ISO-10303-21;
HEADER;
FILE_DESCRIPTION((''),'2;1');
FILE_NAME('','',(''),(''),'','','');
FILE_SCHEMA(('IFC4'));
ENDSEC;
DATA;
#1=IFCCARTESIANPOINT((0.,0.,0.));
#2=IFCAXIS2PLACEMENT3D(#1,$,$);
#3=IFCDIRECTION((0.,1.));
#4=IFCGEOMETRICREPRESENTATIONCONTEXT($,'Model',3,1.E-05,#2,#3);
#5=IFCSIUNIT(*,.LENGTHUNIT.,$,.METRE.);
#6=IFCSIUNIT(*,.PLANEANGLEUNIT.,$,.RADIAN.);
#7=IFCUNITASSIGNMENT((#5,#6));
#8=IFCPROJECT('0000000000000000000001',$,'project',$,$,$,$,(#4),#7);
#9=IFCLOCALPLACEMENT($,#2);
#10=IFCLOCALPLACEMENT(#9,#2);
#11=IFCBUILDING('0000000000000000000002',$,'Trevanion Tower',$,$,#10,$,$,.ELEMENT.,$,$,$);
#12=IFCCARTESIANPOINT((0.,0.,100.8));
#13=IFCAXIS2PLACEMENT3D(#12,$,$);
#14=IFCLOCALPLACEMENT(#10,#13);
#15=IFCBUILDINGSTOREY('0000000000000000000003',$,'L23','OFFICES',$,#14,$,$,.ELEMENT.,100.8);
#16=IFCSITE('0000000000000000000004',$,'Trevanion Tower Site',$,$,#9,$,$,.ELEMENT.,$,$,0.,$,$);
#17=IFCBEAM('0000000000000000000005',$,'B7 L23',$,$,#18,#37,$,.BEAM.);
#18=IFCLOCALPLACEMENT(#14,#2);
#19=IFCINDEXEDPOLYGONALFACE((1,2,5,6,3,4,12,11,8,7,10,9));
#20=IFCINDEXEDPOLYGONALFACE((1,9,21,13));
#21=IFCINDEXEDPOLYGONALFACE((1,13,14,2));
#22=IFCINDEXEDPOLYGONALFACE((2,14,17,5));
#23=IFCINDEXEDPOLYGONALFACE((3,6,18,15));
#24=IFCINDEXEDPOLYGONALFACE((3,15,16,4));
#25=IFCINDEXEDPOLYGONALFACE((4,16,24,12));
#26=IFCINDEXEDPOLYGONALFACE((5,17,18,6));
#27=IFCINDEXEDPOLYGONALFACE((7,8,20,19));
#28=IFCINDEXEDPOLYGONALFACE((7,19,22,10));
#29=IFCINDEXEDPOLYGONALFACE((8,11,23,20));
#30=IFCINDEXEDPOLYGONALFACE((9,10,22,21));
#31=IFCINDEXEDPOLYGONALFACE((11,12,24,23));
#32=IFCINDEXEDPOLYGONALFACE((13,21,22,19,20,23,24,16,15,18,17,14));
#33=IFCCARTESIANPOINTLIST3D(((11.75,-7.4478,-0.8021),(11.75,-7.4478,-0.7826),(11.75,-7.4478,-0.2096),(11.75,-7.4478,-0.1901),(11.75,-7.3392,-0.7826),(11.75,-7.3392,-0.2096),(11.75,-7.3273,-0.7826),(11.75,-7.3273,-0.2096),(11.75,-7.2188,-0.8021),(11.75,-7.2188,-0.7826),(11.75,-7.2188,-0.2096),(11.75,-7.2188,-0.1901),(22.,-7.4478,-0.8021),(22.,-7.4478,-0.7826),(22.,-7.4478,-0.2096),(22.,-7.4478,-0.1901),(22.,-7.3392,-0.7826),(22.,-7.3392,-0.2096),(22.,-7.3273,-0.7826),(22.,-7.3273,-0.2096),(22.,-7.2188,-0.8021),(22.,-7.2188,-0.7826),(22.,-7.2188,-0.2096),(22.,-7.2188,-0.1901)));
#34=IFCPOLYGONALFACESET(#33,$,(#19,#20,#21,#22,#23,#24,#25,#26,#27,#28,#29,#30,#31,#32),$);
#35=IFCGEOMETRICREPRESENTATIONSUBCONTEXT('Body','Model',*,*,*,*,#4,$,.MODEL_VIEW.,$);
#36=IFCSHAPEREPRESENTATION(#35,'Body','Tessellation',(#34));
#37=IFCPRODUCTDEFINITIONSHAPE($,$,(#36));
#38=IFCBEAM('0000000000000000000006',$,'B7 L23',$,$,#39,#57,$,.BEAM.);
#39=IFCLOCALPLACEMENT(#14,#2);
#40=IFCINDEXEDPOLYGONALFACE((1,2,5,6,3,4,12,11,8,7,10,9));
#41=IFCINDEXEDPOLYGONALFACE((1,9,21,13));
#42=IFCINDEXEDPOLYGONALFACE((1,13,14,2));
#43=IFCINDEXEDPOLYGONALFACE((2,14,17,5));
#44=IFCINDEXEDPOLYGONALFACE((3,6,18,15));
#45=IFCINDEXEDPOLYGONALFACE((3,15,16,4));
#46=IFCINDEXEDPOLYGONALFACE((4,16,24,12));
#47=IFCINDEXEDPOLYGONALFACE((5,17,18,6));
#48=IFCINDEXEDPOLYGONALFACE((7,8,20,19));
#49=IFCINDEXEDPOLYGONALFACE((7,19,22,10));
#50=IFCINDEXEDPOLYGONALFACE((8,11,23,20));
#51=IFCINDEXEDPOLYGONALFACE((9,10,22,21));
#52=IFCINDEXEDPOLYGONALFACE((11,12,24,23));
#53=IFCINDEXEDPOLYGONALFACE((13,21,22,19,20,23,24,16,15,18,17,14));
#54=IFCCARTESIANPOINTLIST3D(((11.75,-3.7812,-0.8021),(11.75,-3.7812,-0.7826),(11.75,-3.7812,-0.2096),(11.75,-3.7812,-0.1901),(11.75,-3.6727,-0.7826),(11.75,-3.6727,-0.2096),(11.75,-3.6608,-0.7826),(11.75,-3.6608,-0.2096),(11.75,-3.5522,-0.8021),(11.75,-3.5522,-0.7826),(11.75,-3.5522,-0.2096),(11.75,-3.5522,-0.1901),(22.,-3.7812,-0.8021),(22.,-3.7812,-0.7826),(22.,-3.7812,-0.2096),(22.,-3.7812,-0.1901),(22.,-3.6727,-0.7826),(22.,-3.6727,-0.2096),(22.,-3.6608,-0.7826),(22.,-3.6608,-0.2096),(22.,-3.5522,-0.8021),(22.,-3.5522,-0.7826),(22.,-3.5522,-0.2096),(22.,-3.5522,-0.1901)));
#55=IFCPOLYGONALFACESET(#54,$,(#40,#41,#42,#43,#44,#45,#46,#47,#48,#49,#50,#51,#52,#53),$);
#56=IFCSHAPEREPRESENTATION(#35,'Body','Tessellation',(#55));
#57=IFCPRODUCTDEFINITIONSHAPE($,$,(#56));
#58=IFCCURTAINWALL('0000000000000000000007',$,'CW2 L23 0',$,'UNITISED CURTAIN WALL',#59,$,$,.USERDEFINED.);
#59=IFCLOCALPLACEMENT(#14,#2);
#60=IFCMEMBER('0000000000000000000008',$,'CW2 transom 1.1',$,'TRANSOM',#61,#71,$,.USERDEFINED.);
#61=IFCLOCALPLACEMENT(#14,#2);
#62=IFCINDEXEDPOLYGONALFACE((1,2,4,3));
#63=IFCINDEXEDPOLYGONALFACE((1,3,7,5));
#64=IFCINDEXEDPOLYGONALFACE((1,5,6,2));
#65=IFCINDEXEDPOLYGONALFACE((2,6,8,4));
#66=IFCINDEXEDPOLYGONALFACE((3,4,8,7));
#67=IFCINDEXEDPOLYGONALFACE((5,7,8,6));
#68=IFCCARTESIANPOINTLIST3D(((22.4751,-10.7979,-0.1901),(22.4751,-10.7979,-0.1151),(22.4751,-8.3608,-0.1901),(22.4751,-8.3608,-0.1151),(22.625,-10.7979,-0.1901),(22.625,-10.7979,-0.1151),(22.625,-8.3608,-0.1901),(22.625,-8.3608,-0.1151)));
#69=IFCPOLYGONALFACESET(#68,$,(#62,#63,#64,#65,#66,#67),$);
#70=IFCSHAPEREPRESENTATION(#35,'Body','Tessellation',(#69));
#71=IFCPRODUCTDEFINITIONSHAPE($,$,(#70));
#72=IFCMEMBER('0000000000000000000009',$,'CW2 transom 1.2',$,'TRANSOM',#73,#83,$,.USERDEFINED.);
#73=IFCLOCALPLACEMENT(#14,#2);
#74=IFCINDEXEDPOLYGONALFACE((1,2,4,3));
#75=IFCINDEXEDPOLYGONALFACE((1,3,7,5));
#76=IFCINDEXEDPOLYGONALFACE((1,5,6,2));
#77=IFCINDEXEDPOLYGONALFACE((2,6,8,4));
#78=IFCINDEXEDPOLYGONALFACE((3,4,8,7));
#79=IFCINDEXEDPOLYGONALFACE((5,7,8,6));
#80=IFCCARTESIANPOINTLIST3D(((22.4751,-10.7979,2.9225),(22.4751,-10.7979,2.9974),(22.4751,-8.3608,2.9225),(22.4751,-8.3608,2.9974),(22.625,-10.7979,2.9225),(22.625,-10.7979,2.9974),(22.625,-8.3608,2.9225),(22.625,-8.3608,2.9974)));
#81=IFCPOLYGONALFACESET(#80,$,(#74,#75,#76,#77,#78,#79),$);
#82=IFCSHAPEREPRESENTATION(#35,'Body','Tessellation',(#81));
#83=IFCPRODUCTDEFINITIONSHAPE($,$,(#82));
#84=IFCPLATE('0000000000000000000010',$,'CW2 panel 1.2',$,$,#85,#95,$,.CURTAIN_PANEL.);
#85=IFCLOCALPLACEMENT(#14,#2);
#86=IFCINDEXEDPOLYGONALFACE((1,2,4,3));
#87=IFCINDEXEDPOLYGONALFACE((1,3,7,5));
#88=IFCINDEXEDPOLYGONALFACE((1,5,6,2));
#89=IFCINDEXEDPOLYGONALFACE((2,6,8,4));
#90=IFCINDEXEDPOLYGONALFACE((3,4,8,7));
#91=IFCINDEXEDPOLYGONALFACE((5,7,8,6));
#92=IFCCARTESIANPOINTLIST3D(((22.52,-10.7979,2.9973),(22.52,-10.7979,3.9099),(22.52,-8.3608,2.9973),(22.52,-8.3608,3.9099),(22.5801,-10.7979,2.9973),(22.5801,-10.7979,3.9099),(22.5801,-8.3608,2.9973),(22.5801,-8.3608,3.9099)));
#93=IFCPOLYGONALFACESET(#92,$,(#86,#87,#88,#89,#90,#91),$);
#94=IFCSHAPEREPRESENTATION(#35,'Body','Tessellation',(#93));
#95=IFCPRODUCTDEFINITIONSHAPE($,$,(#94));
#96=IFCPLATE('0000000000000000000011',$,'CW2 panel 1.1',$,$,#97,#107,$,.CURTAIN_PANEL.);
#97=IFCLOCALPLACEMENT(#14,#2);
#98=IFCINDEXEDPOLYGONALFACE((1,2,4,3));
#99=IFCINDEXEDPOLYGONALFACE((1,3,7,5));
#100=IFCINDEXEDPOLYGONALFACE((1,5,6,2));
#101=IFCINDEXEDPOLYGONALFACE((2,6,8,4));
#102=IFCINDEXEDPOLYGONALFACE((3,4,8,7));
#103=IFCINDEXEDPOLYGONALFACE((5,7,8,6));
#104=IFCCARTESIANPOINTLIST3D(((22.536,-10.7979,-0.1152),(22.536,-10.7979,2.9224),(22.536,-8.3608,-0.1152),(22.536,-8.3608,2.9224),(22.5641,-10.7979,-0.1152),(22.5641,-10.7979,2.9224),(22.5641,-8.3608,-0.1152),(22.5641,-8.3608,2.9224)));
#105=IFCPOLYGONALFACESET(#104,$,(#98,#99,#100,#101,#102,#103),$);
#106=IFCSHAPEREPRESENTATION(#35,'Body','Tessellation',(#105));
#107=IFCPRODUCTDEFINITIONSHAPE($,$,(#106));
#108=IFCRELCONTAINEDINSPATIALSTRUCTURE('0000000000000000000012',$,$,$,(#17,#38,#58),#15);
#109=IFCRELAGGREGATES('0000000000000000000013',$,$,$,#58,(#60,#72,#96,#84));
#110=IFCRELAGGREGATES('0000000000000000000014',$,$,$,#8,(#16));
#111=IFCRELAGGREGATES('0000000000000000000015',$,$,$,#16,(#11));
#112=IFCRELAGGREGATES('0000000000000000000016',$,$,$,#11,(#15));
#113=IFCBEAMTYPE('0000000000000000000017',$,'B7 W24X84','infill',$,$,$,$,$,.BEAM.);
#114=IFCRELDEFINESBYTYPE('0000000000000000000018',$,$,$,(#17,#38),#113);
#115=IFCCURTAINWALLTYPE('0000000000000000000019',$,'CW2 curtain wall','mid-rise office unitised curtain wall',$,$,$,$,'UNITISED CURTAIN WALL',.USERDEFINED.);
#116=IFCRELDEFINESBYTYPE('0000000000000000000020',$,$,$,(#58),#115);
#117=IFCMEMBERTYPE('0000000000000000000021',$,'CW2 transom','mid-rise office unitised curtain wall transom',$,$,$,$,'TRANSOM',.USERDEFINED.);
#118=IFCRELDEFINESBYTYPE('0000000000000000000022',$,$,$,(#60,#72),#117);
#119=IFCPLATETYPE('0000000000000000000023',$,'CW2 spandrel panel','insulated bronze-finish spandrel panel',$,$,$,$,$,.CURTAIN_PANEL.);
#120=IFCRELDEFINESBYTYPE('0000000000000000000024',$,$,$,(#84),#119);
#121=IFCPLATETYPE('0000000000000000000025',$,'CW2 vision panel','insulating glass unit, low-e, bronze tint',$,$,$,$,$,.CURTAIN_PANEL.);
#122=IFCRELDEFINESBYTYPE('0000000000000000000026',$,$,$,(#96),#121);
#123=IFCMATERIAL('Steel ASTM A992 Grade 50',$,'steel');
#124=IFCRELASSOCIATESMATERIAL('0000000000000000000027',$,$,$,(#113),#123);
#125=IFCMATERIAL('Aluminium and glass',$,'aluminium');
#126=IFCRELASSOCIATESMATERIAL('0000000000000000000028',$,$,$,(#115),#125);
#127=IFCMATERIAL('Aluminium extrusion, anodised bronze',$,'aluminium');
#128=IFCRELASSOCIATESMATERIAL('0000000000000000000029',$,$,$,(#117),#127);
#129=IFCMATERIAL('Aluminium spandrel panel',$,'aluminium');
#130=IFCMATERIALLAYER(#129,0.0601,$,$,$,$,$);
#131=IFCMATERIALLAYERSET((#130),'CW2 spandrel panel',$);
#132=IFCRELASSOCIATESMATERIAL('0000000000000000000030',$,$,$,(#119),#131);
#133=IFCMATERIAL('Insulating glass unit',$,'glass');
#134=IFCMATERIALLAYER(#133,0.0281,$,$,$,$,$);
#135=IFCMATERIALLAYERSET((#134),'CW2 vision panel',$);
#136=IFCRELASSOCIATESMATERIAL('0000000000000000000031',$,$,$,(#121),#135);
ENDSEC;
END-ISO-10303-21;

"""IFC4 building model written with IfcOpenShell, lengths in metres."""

from ifc_helpers import new_model, si_unit, direction, frame, origin, origin_2d, place, context, subcontext, project, spatial, rectangle, i_section, extrude, material, layer, layer_set, material_profile, profile_set, type_object, element, aggregate, save


model = new_model("IFC4")

# Units and contexts
model_context = context("Model", 3, precision=1e-05, world=origin(), true_north=direction((0.0, 1.0)))
body_context = subcontext(model_context, "Body", "Model", "MODEL_VIEW")
ifc_project = project(units=[si_unit("LENGTHUNIT", "METRE"), si_unit("PLANEANGLEUNIT", "RADIAN")], contexts=[model_context])

# Site, building, storey
site_placement = place(None, origin())
site = spatial("IfcSite", under=ifc_project, at=site_placement, Name="Trevanion Tower Site", CompositionType="ELEMENT", RefElevation=0.0)
building_placement = place(site_placement, origin())
building = spatial("IfcBuilding", under=site, at=building_placement, Name="Trevanion Tower", CompositionType="ELEMENT")
storey_placement = place(building_placement, frame((0.0, 0.0, 100.8)))
storey = spatial("IfcBuildingStorey", under=building, at=storey_placement, Name="L23", Description="OFFICES", CompositionType="ELEMENT", Elevation=100.8)

# Beams
ifc_material_1 = material(Name="Steel ASTM A992 Grade 50", Category="steel")
ifc_material_profile_1 = material_profile(ifc_material_1, i_section(OverallWidth=0.229, OverallDepth=0.6121, WebThickness=0.012, FlangeThickness=0.0195, at=origin_2d()), Name="W24X84")
ifc_profile_set_1 = profile_set([ifc_material_profile_1], Name="Steel ASTM A992 Grade 50")
beam_type = type_object("IfcBeamType", Name="B7 W24X84", Description="infill", PredefinedType="BEAM", material=ifc_profile_set_1)
for number, where, z_axis, x_axis, name in (
    (1, (11.75, -7.3333, -0.4961), (1.0, 0.0, 0.0), (0.0, 1.0, 0.0), "B7 L23"),
    (2, (11.75, -3.6667, -0.4961), (1.0, 0.0, 0.0), (0.0, 1.0, 0.0), "B7 L23"),
):
    element("IfcBeam", number, at=place(storey_placement, frame(where, z_axis=z_axis, x_axis=x_axis)), inside=storey, type_object=beam_type, Name=name, PredefinedType="BEAM", context=body_context, shape_type="SweptSolid", body=[
        extrude(i_section(OverallWidth=0.229, OverallDepth=0.6121, WebThickness=0.012, FlangeThickness=0.0195, at=origin_2d()), origin(), (0.0, 0.0, 1.0), 10.25),
    ])

# Curtain wall, members, plates
ifc_material_2 = material(Name="Aluminium and glass", Category="aluminium")
curtain_wall_type = type_object("IfcCurtainWallType", Name="CW2 curtain wall", Description="mid-rise office unitised curtain wall", ElementType="UNITISED CURTAIN WALL", PredefinedType="USERDEFINED", material=ifc_material_2)
curtain_wall_placement = place(storey_placement, origin())
curtain_wall = element("IfcCurtainWall", 3, at=curtain_wall_placement, inside=storey, type_object=curtain_wall_type, Name="CW2 L23 0", ObjectType="UNITISED CURTAIN WALL", PredefinedType="USERDEFINED")
ifc_material_3 = material(Name="Aluminium extrusion, anodised bronze", Category="aluminium")
ifc_material_profile_2 = material_profile(ifc_material_3, rectangle(XDim=0.1499, YDim=0.075, at=origin_2d()), Name="CW2 transom")
ifc_profile_set_2 = profile_set([ifc_material_profile_2], Name="Aluminium extrusion, anodised bronze")
member_type = type_object("IfcMemberType", Name="CW2 transom", Description="mid-rise office unitised curtain wall transom", ElementType="TRANSOM", PredefinedType="USERDEFINED", material=ifc_profile_set_2)
member_1_placement = place(storey_placement, frame((22.55, -10.7979, -0.1526), z_axis=(0.0, 1.0, 0.0), x_axis=(-1.0, 0.0, 0.0)))
member_1 = element("IfcMember", 4, at=member_1_placement, type_object=member_type, Name="CW2 transom 1.1", ObjectType="TRANSOM", PredefinedType="USERDEFINED", context=body_context, shape_type="SweptSolid", body=[
    extrude(rectangle(XDim=0.1499, YDim=0.075, at=origin_2d()), origin(), (0.0, 0.0, 1.0), 2.437),
])
member_2_placement = place(storey_placement, frame((22.55, -10.7979, 2.96), z_axis=(0.0, 1.0, 0.0), x_axis=(-1.0, 0.0, 0.0)))
member_2 = element("IfcMember", 5, at=member_2_placement, type_object=member_type, Name="CW2 transom 1.2", ObjectType="TRANSOM", PredefinedType="USERDEFINED", context=body_context, shape_type="SweptSolid", body=[
    extrude(rectangle(XDim=0.1499, YDim=0.075, at=origin_2d()), origin(), (0.0, 0.0, 1.0), 2.437),
])
ifc_material_4 = material(Name="Aluminium spandrel panel", Category="aluminium")
ifc_layer_1 = layer(ifc_material_4, 0.0601)
ifc_layer_set_1 = layer_set([ifc_layer_1], Name="CW2 spandrel panel")
plate_type_1 = type_object("IfcPlateType", Name="CW2 spandrel panel", Description="insulated bronze-finish spandrel panel", PredefinedType="CURTAIN_PANEL", material=ifc_layer_set_1)
plate_1_placement = place(storey_placement, frame((22.55, -9.5793, 2.9973), z_axis=(0.0, 0.0, 1.0), x_axis=(0.0, 1.0, 0.0)))
plate_1 = element("IfcPlate", 6, at=plate_1_placement, type_object=plate_type_1, Name="CW2 panel 1.2", PredefinedType="CURTAIN_PANEL", context=body_context, shape_type="SweptSolid", body=[
    extrude(rectangle(XDim=2.437, YDim=0.0601, at=origin_2d()), origin(), (0.0, 0.0, 1.0), 0.9126),
])
ifc_material_5 = material(Name="Insulating glass unit", Category="glass")
ifc_layer_2 = layer(ifc_material_5, 0.0281)
ifc_layer_set_2 = layer_set([ifc_layer_2], Name="CW2 vision panel")
plate_type_2 = type_object("IfcPlateType", Name="CW2 vision panel", Description="insulating glass unit, low-e, bronze tint", PredefinedType="CURTAIN_PANEL", material=ifc_layer_set_2)
plate_2_placement = place(storey_placement, frame((22.55, -9.5793, -0.1152), z_axis=(0.0, 0.0, 1.0), x_axis=(0.0, 1.0, 0.0)))
plate_2 = element("IfcPlate", 7, at=plate_2_placement, type_object=plate_type_2, Name="CW2 panel 1.1", PredefinedType="CURTAIN_PANEL", context=body_context, shape_type="SweptSolid", body=[
    extrude(rectangle(XDim=2.437, YDim=0.0281, at=origin_2d()), origin(), (0.0, 0.0, 1.0), 3.0376),
])
aggregate(curtain_wall, [member_1, member_2, plate_2, plate_1])

save(model, "model.ifc")
